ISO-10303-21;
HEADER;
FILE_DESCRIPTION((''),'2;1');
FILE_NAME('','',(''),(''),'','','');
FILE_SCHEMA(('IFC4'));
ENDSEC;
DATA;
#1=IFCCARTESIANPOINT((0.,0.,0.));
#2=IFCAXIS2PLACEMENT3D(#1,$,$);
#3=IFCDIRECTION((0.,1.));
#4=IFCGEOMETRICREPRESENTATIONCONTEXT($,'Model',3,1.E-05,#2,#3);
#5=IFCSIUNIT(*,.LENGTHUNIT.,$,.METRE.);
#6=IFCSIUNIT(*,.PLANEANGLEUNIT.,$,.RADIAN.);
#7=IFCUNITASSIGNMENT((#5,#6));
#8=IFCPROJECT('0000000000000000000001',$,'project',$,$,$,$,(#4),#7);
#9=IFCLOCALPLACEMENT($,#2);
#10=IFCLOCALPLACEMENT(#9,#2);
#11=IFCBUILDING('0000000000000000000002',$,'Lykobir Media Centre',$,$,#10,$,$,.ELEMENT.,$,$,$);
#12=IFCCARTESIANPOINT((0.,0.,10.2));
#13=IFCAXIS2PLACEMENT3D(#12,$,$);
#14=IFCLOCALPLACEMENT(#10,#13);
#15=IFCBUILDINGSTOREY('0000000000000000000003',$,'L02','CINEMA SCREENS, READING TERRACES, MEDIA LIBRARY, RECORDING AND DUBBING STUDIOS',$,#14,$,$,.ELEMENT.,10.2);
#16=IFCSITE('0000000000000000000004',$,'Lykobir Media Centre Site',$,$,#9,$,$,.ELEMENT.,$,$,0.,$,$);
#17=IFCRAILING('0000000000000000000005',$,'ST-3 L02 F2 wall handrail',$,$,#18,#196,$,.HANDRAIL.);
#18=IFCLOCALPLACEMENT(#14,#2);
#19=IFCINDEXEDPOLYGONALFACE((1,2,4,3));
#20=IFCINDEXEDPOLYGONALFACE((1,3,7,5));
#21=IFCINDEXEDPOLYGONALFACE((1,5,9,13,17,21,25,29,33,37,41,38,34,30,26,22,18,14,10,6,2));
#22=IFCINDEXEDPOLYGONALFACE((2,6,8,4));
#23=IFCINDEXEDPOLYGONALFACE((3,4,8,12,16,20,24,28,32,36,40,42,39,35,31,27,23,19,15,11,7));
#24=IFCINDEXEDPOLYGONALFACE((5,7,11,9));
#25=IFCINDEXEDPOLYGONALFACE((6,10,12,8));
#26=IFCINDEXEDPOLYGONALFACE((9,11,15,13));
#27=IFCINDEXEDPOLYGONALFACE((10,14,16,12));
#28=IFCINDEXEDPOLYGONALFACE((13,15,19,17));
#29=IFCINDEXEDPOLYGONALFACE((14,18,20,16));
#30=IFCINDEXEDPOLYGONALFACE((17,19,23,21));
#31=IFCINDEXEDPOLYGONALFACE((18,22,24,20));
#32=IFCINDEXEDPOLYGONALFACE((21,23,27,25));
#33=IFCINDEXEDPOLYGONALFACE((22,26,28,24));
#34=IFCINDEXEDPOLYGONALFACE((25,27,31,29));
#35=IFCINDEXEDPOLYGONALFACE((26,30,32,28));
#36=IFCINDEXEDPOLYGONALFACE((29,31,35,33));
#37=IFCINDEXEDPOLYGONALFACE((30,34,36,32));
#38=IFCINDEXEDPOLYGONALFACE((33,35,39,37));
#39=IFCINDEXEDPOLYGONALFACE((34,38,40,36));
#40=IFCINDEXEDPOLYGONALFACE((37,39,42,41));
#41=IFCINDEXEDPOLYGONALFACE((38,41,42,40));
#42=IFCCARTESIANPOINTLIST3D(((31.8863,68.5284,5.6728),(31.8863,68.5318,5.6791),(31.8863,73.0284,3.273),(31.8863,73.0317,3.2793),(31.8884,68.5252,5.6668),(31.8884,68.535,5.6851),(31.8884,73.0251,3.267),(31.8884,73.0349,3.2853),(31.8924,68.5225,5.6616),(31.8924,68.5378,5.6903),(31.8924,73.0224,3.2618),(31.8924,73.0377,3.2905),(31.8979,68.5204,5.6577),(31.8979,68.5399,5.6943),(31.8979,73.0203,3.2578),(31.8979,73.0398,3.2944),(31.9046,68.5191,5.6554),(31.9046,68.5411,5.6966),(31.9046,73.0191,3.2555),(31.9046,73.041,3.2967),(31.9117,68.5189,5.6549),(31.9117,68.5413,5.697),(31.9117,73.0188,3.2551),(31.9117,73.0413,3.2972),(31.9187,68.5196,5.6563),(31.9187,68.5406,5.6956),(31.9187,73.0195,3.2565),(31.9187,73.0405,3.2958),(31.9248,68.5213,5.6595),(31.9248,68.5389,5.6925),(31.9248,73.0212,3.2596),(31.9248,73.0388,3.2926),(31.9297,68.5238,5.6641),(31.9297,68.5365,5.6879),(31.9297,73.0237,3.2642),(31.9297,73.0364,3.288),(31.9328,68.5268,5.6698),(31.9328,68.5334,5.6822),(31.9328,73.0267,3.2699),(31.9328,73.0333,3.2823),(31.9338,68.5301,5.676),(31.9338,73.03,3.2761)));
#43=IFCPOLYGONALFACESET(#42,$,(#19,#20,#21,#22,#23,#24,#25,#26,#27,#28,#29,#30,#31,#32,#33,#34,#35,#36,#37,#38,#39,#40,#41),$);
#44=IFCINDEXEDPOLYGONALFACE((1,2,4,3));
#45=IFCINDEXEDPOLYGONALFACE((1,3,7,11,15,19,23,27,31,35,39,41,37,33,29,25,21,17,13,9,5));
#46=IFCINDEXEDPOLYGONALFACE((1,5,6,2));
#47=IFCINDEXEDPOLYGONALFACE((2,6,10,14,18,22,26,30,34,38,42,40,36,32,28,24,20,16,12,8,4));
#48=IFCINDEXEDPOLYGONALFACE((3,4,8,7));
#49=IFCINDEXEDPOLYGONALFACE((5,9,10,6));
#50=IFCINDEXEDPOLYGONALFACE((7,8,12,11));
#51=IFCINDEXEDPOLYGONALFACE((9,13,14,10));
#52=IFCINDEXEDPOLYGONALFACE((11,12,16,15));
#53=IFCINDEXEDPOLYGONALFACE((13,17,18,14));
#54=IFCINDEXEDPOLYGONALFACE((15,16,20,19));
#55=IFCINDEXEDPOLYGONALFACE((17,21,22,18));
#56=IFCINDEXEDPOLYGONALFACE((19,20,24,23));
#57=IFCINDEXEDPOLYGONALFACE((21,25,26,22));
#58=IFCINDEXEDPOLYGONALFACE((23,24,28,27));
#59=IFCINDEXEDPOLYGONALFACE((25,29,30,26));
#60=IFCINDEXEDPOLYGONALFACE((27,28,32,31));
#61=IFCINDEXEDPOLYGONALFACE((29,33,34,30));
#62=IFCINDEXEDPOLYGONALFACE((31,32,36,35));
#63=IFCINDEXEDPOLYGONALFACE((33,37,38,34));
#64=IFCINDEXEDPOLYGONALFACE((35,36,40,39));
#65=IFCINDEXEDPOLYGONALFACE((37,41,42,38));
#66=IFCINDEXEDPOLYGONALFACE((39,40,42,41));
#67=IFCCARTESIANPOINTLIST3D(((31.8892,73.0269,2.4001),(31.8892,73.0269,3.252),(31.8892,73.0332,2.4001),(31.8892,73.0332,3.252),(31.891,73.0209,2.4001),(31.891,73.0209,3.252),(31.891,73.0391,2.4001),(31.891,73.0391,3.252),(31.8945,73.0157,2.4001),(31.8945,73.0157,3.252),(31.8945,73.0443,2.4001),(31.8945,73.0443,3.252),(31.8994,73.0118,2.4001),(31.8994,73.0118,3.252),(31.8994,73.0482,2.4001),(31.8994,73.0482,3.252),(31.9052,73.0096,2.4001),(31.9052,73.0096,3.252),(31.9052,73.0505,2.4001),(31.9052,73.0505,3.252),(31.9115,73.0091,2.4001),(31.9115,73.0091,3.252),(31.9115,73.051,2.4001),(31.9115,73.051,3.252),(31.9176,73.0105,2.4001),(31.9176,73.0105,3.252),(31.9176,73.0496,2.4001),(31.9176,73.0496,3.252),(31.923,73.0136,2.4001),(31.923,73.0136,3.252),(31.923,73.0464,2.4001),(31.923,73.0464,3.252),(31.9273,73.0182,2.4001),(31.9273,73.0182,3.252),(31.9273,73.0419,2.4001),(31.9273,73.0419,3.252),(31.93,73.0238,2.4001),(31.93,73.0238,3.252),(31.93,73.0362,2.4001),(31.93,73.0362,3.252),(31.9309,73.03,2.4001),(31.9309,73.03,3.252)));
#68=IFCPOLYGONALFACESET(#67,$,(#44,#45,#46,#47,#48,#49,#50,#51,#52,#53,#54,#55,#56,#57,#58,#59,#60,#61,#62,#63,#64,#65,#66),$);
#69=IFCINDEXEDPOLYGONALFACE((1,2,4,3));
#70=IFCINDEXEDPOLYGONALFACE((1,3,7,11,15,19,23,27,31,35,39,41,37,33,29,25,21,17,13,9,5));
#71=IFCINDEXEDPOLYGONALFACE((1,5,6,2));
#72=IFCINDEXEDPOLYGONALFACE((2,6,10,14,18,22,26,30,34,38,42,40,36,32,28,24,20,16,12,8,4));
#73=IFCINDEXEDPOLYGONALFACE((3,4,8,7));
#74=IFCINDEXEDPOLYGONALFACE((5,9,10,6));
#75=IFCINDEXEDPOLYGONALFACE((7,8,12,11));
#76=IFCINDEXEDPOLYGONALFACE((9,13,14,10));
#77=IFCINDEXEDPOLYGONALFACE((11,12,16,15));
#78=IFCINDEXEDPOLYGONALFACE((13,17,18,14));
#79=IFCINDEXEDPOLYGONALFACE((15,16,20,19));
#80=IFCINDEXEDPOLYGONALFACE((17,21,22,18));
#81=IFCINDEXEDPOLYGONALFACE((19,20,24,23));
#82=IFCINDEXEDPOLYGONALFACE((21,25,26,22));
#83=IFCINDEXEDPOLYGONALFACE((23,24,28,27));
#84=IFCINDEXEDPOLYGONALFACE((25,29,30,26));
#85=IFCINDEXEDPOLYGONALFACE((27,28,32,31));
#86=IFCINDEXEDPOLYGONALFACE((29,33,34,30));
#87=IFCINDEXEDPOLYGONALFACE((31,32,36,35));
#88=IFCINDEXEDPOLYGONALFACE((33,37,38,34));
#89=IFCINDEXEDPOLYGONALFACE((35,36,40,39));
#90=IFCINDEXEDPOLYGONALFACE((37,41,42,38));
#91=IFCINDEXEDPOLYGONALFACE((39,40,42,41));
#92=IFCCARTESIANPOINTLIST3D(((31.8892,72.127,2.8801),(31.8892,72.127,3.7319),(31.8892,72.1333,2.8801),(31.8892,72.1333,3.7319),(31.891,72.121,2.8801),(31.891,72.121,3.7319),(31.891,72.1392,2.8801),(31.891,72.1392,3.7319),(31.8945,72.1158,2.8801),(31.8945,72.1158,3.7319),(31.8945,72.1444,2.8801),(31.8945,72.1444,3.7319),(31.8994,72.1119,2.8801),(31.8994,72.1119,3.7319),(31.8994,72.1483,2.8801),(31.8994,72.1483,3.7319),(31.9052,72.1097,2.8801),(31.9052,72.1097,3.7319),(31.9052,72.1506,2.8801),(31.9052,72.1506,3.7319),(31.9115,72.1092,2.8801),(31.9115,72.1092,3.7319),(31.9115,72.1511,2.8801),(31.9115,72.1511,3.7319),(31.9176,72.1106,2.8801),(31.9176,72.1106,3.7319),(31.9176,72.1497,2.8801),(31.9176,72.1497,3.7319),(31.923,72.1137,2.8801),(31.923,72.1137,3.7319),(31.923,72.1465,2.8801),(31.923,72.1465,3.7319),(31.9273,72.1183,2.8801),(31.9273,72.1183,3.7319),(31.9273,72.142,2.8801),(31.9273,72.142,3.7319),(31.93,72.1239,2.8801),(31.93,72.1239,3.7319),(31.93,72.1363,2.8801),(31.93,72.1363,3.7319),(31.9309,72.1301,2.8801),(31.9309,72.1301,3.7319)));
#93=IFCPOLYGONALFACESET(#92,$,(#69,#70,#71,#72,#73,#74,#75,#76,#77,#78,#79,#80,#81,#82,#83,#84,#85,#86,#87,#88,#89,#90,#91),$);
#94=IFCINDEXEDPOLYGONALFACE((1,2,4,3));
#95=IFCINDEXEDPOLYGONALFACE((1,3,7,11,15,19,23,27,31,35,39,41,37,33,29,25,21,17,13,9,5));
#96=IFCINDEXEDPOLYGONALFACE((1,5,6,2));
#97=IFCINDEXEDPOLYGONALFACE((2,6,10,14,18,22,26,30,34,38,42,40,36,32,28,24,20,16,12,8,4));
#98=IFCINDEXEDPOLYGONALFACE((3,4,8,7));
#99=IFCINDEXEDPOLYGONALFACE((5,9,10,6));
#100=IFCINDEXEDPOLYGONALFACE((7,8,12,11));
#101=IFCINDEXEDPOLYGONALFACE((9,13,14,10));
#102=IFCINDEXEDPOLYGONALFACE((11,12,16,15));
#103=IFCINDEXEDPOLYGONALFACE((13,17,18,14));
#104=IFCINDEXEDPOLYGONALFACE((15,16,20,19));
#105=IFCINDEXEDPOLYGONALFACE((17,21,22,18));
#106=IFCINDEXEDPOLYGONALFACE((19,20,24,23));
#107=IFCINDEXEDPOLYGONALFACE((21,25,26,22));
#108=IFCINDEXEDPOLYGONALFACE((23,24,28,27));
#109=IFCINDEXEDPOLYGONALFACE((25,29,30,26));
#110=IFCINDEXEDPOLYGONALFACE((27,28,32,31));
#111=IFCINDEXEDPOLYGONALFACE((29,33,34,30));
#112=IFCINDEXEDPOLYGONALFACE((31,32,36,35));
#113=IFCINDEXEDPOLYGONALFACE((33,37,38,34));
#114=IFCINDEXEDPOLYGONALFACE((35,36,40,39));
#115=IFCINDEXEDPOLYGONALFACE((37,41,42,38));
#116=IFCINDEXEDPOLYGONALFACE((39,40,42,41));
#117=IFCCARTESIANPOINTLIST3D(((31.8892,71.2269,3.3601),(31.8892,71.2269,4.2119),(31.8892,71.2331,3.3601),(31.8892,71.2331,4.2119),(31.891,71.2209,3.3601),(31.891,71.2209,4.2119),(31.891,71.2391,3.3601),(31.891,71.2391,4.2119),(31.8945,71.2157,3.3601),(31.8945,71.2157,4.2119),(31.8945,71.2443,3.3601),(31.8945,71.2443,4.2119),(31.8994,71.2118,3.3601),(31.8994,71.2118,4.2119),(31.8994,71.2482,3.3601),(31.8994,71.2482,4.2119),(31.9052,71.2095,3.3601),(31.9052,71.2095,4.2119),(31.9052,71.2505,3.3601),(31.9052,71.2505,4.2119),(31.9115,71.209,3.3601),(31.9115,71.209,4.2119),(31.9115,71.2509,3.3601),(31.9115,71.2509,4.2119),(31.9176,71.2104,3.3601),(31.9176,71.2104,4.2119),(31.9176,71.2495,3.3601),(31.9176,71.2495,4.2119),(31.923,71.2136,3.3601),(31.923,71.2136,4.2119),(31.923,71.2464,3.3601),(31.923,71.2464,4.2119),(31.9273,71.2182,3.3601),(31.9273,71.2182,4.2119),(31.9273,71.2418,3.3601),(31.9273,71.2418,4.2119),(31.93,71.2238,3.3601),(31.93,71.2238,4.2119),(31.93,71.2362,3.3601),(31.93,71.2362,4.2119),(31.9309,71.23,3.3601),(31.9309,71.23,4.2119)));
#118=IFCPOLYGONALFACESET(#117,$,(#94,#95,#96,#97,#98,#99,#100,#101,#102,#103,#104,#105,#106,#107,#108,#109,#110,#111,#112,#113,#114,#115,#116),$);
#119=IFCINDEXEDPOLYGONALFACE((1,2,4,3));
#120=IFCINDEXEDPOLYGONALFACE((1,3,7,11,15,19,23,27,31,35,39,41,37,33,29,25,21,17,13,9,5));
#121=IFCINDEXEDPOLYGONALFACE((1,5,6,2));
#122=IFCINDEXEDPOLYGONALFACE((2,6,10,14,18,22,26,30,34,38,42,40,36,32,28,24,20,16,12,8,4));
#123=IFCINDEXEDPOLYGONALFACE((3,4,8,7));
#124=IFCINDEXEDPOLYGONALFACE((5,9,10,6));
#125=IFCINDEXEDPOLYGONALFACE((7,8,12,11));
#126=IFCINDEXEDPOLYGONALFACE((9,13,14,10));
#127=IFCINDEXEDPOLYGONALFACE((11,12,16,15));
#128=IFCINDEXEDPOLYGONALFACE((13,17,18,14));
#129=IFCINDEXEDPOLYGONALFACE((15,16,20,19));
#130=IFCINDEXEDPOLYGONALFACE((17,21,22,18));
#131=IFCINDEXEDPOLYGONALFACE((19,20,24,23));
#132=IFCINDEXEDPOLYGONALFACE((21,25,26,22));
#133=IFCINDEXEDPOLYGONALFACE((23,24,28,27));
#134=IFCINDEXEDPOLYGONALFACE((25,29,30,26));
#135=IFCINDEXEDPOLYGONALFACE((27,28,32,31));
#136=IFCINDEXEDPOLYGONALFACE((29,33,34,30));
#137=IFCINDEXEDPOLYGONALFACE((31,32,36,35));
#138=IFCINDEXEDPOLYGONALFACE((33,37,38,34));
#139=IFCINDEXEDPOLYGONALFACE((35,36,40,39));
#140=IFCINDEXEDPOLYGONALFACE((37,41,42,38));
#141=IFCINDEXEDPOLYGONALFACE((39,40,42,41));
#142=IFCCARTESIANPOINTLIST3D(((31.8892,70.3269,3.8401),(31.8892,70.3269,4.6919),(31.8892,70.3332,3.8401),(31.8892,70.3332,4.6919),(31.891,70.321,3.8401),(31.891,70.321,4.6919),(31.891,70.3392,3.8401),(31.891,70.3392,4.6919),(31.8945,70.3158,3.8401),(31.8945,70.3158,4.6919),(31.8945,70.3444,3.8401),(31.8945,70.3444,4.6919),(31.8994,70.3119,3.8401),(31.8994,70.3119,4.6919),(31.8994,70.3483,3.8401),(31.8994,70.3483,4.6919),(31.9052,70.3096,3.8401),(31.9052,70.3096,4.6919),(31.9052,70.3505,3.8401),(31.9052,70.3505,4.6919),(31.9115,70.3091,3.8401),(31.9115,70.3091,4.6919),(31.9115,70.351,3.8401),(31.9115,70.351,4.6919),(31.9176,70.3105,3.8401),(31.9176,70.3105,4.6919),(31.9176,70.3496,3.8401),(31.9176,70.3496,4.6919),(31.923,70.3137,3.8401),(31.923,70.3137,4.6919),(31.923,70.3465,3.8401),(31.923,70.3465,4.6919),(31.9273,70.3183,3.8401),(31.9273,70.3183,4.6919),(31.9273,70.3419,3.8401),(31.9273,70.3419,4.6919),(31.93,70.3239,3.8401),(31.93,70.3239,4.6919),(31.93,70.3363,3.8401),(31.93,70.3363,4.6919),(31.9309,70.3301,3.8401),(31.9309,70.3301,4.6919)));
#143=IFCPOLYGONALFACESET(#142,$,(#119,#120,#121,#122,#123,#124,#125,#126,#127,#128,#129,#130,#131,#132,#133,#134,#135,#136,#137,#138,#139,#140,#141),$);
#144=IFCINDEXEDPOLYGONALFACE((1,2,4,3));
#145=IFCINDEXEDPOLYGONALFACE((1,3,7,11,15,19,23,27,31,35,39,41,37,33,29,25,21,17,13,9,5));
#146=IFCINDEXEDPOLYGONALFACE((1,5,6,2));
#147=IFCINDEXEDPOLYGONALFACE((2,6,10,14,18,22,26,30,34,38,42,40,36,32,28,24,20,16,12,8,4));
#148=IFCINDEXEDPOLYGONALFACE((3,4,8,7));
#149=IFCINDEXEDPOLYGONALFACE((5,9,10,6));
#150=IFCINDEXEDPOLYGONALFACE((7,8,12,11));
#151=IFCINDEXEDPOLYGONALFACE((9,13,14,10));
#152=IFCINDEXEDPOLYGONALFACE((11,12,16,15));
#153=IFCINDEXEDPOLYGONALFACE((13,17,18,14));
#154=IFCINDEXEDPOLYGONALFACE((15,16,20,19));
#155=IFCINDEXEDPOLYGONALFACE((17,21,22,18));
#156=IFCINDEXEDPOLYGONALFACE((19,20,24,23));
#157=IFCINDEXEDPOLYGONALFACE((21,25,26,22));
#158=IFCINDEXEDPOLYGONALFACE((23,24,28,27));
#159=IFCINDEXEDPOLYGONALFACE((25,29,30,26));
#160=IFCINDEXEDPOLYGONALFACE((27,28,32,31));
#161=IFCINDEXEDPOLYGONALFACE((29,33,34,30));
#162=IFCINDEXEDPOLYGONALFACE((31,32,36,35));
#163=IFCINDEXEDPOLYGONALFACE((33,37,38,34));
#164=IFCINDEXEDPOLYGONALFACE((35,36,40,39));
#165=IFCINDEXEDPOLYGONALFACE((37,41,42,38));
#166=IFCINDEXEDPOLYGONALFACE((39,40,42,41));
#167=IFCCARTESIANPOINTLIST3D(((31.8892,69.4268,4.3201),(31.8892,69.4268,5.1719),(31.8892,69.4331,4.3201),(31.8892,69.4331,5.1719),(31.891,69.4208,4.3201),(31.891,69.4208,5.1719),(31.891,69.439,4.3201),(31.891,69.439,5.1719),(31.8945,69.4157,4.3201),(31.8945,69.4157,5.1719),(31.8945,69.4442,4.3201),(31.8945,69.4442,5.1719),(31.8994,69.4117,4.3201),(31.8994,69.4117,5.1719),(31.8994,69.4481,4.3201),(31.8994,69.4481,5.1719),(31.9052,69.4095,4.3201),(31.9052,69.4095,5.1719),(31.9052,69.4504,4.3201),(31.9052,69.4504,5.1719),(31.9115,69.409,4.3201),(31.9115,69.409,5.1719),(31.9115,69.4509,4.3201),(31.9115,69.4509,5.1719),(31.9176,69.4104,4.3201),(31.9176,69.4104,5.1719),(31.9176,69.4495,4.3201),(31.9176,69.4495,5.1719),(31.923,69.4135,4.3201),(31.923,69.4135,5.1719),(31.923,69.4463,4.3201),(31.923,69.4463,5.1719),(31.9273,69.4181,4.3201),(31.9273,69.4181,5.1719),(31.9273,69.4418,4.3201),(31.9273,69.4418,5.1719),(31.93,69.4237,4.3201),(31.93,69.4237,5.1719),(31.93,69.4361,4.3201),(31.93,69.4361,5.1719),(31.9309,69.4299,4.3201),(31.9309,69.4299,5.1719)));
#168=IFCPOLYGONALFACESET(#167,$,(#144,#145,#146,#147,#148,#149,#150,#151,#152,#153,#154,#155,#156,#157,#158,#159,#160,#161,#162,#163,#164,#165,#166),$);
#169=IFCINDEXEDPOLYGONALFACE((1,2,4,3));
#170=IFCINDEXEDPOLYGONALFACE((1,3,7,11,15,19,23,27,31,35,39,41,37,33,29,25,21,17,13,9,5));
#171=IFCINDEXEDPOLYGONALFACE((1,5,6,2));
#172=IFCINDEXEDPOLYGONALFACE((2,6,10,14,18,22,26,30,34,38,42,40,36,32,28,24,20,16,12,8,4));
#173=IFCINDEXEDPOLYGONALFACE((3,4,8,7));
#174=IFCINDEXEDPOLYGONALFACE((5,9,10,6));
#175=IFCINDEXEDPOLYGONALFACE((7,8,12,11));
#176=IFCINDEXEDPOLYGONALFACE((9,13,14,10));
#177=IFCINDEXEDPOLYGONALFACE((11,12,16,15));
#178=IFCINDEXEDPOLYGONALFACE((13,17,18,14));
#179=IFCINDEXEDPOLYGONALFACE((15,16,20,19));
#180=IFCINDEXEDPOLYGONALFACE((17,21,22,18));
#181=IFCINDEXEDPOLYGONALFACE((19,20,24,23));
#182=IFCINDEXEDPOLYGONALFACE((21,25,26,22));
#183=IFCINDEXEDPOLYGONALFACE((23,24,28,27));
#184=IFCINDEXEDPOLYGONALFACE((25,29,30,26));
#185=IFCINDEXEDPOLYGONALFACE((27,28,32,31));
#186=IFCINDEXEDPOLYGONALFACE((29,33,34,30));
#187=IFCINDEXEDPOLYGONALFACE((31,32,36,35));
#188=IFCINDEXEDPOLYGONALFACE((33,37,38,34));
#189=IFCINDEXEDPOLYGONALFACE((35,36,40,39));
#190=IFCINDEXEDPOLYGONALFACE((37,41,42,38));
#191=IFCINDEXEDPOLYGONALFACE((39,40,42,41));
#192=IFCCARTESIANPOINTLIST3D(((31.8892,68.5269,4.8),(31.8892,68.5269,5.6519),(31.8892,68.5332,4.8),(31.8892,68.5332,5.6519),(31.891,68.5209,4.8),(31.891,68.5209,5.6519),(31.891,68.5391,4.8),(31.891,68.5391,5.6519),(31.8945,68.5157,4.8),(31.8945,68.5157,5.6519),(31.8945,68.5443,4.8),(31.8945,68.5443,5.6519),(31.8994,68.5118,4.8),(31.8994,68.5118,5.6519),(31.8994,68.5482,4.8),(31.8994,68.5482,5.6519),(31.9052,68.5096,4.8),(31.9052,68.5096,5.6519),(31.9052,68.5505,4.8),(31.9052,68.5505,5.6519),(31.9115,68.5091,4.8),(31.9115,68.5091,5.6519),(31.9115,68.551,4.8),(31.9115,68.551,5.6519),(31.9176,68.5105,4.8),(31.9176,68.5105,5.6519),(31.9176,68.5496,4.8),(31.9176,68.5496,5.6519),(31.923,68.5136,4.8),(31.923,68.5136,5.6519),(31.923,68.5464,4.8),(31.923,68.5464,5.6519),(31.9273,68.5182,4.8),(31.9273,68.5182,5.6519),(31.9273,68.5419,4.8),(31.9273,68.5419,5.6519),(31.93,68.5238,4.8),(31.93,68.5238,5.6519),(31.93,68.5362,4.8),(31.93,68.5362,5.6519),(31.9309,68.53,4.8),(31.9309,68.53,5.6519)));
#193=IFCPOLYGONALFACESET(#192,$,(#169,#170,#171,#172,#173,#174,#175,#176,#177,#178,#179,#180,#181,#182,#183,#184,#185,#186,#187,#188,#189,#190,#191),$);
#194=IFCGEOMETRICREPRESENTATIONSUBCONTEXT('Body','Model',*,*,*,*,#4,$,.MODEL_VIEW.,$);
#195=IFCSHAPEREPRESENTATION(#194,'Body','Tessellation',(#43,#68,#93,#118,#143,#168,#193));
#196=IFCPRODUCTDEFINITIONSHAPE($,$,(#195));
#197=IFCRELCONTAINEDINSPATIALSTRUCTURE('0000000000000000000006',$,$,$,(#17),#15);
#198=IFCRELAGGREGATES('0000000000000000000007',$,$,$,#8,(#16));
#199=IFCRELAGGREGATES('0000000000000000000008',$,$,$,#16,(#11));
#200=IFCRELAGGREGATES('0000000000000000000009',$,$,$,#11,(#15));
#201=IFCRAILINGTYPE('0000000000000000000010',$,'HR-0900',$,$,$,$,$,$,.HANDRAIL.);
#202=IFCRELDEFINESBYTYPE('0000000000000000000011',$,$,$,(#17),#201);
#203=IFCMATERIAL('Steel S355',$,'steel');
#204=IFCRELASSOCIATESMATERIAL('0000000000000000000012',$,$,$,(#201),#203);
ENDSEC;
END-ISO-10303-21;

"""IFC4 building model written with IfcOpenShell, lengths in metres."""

from ifc_helpers import new_model, si_unit, direction, frame, origin, origin_2d, place, context, subcontext, project, spatial, circle, extrude, material, type_object, element, save


model = new_model("IFC4")

# Units and contexts
model_context = context("Model", 3, precision=1e-05, world=origin(), true_north=direction((0.0, 1.0)))
body_context = subcontext(model_context, "Body", "Model", "MODEL_VIEW")
ifc_project = project(units=[si_unit("LENGTHUNIT", "METRE"), si_unit("PLANEANGLEUNIT", "RADIAN")], contexts=[model_context])

# Site, building, storey
site_placement = place(None, origin())
site = spatial("IfcSite", under=ifc_project, at=site_placement, Name="Lykobir Media Centre Site", CompositionType="ELEMENT", RefElevation=0.0)
building_placement = place(site_placement, origin())
building = spatial("IfcBuilding", under=site, at=building_placement, Name="Lykobir Media Centre", CompositionType="ELEMENT")
storey_placement = place(building_placement, frame((0.0, 0.0, 10.2)))
storey = spatial("IfcBuildingStorey", under=building, at=storey_placement, Name="L02", Description="CINEMA SCREENS, READING TERRACES, MEDIA LIBRARY, RECORDING AND DUBBING STUDIOS", CompositionType="ELEMENT", Elevation=10.2)

# Shared definitions
ifc_material_1 = material(Name="Steel S355", Category="steel")

# Railing
railing_type_1 = type_object("IfcRailingType", Name="HR-0900", PredefinedType="HANDRAIL", material=ifc_material_1)
railing_1_placement = place(storey_placement, frame((31.9099, 73.03, 2.4001)))
element("IfcRailing", 1, at=railing_1_placement, inside=storey, type_object=railing_type_1, Name="ST-3 L02 F2 wall handrail", PredefinedType="HANDRAIL", context=body_context, shape_type="SweptSolid", body=[
    extrude(circle(Radius=0.0239, at=origin_2d()), frame((0.0, 0.0, 0.876), z_axis=(0.0, -0.882361, 0.470573), x_axis=(1.0, 0.0, 0.0)), (0.0, 0.0, 1.0), 5.0999),
    extrude(circle(Radius=0.021, at=origin_2d()), origin(), (0.0, 0.0, 1.0), 0.8518),
    extrude(circle(Radius=0.021, at=origin_2d()), frame((0.0, -0.8999, 0.48)), (0.0, 0.0, 1.0), 0.8518),
    extrude(circle(Radius=0.021, at=origin_2d()), frame((0.0, -1.8, 0.96)), (0.0, 0.0, 1.0), 0.8518),
    extrude(circle(Radius=0.021, at=origin_2d()), frame((0.0, -2.7, 1.4399)), (0.0, 0.0, 1.0), 0.8518),
    extrude(circle(Radius=0.021, at=origin_2d()), frame((0.0, -3.6001, 1.9199)), (0.0, 0.0, 1.0), 0.8518),
    extrude(circle(Radius=0.021, at=origin_2d()), frame((0.0, -4.5, 2.3999)), (0.0, 0.0, 1.0), 0.8518),
])

save(model, "model.ifc")
